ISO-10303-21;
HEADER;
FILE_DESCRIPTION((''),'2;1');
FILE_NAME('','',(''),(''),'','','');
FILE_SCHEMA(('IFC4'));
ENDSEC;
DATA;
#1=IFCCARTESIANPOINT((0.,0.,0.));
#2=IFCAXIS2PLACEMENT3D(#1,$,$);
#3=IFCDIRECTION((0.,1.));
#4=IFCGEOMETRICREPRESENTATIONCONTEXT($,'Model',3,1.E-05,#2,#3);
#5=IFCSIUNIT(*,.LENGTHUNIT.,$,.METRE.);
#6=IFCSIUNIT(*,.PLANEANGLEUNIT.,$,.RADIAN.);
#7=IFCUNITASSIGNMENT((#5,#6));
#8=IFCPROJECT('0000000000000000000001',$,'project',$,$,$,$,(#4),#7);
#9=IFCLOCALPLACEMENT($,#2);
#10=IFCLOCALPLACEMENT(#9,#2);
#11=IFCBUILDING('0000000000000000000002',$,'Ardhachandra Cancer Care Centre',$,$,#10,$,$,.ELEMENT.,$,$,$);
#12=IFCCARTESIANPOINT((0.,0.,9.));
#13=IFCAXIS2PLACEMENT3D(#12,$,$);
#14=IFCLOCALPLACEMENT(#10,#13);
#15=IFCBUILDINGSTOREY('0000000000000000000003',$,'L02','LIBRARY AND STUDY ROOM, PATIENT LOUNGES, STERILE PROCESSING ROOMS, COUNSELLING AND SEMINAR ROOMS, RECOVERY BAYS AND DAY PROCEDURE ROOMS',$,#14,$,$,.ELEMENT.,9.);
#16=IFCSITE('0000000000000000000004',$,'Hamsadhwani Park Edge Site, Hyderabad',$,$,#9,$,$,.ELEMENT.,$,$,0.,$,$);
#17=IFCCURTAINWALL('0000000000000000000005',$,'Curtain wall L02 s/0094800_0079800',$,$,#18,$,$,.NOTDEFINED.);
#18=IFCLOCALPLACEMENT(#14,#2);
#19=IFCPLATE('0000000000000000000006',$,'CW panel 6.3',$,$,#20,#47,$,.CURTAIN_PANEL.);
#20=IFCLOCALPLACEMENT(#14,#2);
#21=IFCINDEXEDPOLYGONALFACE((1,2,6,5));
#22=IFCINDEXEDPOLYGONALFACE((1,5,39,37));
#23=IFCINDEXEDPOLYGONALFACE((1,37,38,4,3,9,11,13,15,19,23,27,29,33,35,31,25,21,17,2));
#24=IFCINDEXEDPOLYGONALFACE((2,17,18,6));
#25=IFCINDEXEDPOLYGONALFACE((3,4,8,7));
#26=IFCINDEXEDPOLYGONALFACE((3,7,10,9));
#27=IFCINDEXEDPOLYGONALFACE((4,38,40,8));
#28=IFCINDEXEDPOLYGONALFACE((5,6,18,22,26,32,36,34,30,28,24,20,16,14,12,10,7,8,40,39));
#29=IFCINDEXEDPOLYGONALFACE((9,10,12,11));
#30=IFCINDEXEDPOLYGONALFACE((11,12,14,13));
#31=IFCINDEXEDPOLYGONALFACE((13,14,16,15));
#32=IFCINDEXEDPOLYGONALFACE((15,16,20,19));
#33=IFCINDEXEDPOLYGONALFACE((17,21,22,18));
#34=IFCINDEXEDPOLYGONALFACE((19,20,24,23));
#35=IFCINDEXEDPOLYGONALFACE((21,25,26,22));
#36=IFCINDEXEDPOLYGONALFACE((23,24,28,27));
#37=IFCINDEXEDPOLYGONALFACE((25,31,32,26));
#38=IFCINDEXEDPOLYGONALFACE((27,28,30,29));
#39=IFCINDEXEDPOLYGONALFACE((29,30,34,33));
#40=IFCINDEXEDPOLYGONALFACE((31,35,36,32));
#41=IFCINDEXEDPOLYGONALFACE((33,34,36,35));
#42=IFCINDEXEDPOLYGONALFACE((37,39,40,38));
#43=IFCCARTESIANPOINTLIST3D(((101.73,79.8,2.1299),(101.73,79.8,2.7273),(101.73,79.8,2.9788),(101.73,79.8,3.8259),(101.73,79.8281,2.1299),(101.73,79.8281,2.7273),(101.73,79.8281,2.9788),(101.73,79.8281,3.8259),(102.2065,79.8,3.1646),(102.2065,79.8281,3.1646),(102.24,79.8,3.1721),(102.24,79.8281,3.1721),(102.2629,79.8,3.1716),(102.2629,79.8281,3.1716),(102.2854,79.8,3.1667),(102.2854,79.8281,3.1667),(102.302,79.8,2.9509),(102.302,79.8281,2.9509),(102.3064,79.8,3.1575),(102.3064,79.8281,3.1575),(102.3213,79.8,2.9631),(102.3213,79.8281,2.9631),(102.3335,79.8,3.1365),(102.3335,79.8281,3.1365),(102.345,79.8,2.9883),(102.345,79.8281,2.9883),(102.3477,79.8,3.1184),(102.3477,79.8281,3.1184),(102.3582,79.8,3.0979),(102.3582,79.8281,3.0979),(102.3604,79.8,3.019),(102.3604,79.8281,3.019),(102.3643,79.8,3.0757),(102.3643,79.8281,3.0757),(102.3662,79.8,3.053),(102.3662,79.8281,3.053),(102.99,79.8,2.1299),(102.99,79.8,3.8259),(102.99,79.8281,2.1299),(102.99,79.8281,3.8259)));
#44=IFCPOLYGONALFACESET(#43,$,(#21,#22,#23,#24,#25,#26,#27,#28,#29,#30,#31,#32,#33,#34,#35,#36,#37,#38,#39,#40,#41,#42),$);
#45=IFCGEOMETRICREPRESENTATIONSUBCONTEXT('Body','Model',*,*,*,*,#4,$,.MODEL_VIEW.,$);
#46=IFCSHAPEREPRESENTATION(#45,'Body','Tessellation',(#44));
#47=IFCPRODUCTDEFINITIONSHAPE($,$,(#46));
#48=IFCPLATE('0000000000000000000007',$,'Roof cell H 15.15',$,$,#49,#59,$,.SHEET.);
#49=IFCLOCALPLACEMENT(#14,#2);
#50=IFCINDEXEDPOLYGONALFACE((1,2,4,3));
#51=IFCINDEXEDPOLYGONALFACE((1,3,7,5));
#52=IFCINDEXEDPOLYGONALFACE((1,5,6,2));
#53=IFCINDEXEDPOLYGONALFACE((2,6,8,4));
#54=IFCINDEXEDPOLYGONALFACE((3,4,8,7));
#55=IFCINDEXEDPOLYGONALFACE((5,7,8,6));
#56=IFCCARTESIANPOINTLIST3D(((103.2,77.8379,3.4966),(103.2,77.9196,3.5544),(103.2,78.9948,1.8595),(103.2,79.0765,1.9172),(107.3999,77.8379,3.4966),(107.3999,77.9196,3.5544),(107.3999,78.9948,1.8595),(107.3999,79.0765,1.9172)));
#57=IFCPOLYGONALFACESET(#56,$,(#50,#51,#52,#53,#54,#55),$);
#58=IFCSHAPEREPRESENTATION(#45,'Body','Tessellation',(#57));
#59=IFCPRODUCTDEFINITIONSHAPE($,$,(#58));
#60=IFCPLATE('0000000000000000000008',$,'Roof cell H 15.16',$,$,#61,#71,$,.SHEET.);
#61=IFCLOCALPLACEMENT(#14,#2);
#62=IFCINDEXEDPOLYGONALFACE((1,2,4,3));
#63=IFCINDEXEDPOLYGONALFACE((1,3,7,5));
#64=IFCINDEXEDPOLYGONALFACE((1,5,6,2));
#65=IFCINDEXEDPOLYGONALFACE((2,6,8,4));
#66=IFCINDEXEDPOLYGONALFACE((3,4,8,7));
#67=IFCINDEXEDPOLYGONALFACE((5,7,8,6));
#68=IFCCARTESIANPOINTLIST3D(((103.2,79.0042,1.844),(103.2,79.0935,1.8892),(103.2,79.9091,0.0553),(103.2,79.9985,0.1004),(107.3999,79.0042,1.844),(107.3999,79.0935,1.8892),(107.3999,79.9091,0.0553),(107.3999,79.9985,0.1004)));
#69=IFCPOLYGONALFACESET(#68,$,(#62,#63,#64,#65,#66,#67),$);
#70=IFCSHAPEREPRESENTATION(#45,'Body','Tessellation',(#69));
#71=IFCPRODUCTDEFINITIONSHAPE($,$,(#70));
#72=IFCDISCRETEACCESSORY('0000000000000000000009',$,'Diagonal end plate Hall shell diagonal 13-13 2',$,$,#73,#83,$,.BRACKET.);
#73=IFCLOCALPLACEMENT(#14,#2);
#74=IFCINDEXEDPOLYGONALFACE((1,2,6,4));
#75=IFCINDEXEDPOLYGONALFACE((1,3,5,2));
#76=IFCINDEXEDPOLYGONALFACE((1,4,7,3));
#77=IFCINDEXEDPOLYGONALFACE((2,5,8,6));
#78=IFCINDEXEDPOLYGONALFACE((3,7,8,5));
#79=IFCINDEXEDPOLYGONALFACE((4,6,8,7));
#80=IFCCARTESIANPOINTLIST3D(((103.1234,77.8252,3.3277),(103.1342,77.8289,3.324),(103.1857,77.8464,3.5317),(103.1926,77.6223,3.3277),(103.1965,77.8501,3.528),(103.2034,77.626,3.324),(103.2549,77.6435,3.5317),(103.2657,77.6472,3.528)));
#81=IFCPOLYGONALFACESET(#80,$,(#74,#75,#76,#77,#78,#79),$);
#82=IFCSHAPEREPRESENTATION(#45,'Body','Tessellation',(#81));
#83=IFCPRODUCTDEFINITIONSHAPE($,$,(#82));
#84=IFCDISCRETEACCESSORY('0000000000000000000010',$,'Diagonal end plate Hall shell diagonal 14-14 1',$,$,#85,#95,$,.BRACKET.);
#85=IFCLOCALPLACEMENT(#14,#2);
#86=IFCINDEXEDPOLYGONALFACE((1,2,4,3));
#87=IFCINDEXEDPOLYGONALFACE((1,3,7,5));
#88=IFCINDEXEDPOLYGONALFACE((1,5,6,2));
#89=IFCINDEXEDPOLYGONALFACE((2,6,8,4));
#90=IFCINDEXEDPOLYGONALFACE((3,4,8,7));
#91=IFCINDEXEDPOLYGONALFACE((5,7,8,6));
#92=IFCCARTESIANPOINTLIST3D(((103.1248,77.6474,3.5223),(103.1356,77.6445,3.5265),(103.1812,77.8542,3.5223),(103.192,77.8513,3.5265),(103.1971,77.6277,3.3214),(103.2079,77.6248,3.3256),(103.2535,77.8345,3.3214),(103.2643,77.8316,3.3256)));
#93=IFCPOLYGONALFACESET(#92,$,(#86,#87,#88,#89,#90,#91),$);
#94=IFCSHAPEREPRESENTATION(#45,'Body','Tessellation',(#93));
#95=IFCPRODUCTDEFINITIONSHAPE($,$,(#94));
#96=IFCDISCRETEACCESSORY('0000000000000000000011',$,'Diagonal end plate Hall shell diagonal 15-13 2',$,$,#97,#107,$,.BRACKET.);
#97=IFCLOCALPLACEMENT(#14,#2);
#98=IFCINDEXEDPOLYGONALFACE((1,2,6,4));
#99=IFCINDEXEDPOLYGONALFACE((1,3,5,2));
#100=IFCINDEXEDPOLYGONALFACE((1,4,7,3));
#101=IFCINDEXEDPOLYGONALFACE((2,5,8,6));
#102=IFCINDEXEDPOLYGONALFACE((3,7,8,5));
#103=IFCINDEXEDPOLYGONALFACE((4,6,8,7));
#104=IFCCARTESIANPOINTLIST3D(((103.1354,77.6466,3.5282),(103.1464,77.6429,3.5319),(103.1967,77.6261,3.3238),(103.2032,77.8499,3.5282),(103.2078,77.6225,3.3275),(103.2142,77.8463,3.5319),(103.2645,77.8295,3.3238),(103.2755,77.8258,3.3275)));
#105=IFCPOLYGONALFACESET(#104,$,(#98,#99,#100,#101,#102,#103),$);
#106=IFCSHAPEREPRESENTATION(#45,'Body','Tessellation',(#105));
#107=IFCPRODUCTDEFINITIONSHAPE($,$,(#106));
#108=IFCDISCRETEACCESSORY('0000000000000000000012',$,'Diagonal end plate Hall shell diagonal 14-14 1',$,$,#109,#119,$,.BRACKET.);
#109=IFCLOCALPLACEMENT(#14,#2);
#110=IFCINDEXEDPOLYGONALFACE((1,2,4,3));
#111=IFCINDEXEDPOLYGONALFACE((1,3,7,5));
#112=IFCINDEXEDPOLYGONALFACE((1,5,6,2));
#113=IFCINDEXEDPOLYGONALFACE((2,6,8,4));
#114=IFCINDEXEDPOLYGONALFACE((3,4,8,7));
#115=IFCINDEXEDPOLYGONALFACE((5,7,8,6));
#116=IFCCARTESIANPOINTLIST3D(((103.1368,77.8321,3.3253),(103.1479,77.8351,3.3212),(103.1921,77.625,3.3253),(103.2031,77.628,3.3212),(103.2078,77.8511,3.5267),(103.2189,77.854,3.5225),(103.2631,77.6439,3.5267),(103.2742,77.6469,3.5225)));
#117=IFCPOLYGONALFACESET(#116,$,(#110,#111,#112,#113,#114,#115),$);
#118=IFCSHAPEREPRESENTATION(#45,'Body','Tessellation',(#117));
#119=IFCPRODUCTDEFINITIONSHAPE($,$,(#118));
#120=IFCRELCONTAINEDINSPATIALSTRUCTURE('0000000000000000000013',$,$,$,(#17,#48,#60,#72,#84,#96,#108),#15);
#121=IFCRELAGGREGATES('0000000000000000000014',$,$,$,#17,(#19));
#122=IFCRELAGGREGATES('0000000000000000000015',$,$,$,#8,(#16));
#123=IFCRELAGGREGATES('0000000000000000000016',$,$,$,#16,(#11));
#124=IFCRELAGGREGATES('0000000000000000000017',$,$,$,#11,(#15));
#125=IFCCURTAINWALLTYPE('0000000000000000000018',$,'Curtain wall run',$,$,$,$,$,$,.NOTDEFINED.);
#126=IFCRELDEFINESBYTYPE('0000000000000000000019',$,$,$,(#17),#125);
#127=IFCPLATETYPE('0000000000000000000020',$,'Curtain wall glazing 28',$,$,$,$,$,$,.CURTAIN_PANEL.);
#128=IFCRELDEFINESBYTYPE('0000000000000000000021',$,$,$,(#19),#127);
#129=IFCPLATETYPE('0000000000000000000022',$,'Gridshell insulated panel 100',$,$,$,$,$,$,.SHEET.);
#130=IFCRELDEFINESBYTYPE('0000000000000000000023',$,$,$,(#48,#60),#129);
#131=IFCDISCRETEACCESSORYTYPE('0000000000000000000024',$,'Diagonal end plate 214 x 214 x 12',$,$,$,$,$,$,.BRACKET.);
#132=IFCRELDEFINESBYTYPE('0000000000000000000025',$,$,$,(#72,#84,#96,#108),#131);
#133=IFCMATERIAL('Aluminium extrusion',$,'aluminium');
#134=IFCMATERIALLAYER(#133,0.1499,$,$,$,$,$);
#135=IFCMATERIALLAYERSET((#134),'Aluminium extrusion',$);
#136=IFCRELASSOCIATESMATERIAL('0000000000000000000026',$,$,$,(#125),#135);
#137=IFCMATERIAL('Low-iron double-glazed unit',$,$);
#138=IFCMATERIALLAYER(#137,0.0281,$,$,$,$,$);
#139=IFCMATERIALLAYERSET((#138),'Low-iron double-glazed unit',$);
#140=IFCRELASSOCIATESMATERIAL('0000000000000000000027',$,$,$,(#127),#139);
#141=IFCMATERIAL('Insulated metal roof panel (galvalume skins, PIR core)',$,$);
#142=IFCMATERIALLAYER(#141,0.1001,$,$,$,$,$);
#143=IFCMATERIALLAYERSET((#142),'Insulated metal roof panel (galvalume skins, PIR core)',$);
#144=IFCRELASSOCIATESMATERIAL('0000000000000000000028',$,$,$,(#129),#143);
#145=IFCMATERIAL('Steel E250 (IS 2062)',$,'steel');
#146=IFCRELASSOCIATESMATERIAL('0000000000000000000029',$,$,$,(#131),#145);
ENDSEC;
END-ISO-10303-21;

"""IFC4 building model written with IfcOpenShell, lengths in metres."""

from ifc_helpers import new_model, si_unit, direction, frame, origin, origin_2d, place, context, subcontext, project, spatial, polyline, rectangle, outline, extrude, material, layer, layer_set, material_profile, profile_set, type_object, element, aggregate, save


model = new_model("IFC4")

# Units and contexts
model_context = context("Model", 3, precision=1e-05, world=origin(), true_north=direction((0.0, 1.0)))
body_context = subcontext(model_context, "Body", "Model", "MODEL_VIEW")
ifc_project = project(units=[si_unit("LENGTHUNIT", "METRE"), si_unit("PLANEANGLEUNIT", "RADIAN")], contexts=[model_context])

# Site, building, storey
site_placement = place(None, origin())
site = spatial("IfcSite", under=ifc_project, at=site_placement, Name="Hamsadhwani Park Edge Site, Hyderabad", CompositionType="ELEMENT", RefElevation=0.0)
building_placement = place(site_placement, origin())
building = spatial("IfcBuilding", under=site, at=building_placement, Name="Ardhachandra Cancer Care Centre", CompositionType="ELEMENT")
storey_placement = place(building_placement, frame((0.0, 0.0, 9.0)))
storey = spatial("IfcBuildingStorey", under=building, at=storey_placement, Name="L02", Description="LIBRARY AND STUDY ROOM, PATIENT LOUNGES, STERILE PROCESSING ROOMS, COUNSELLING AND SEMINAR ROOMS, RECOVERY BAYS AND DAY PROCEDURE ROOMS", CompositionType="ELEMENT", Elevation=9.0)

# Curtain wall
ifc_material_1 = material(Name="Aluminium extrusion", Category="aluminium")
ifc_layer_1 = layer(ifc_material_1, 0.1499)
ifc_layer_set_1 = layer_set([ifc_layer_1], Name="Aluminium extrusion")
curtain_wall_type = type_object("IfcCurtainWallType", Name="Curtain wall run", PredefinedType="NOTDEFINED", material=ifc_layer_set_1)
curtain_wall_placement = place(storey_placement, origin())
curtain_wall = element("IfcCurtainWall", 1, at=curtain_wall_placement, inside=storey, type_object=curtain_wall_type, Name="Curtain wall L02 s/0094800_0079800", PredefinedType="NOTDEFINED")

# Plate
ifc_material_2 = material(Name="Low-iron double-glazed unit")
ifc_layer_2 = layer(ifc_material_2, 0.0281)
ifc_layer_set_2 = layer_set([ifc_layer_2], Name="Low-iron double-glazed unit")
plate_type_1 = type_object("IfcPlateType", Name="Curtain wall glazing 28", PredefinedType="CURTAIN_PANEL", material=ifc_layer_set_2)
plate_1_placement = place(storey_placement, frame((101.73, 79.8, 3.8259), z_axis=(0.0, 1.0, 0.0), x_axis=(1.0, 0.0, 0.0)))
plate_1 = element("IfcPlate", 2, at=plate_1_placement, type_object=plate_type_1, Name="CW panel 6.3", PredefinedType="CURTAIN_PANEL", context=body_context, shape_type="SweptSolid", body=[
    extrude(outline(polyline([(0.0, 0.0), (1.26, 0.0), (1.26, 1.696), (0.0, 1.696), (0.0, 1.0986), (0.572, 0.875), (0.5913, 0.8628), (0.615, 0.8376), (0.6304, 0.8069), (0.6362, 0.7729), (0.6343, 0.7502), (0.6282, 0.728), (0.6177, 0.7075), (0.6035, 0.6895), (0.5764, 0.6685), (0.5554, 0.6592), (0.533, 0.6543), (0.51, 0.6538), (0.4766, 0.6614), (0.0, 0.8472), (0.0, 0.0)])), origin(), (0.0, 0.0, 1.0), 0.0281),
])
aggregate(curtain_wall, [plate_1])

# Plates
ifc_material_3 = material(Name="Insulated metal roof panel (galvalume skins, PIR core)")
ifc_layer_3 = layer(ifc_material_3, 0.1001)
ifc_layer_set_3 = layer_set([ifc_layer_3], Name="Insulated metal roof panel (galvalume skins, PIR core)")
plate_type_2 = type_object("IfcPlateType", Name="Gridshell insulated panel 100", PredefinedType="SHEET", material=ifc_layer_set_3)
for number, where, z_axis, x_axis, name in (
    (3, (103.2, 77.8379, 3.4966), (0.0, 0.816661, 0.577118), (1.0, 0.0, 0.0), "Roof cell H 15.15"),
    (4, (103.2, 79.0042, 1.844), (0.0, 0.892298, 0.451447), (1.0, 0.0, 0.0), "Roof cell H 15.16"),
):
    element("IfcPlate", number, at=place(storey_placement, frame(where, z_axis=z_axis, x_axis=x_axis)), inside=storey, type_object=plate_type_2, Name=name, PredefinedType="SHEET", context=body_context, shape_type="SweptSolid", body=[
        extrude(outline(polyline([(0.0, 0.0), (4.2, 0.0), (4.2, 2.0046), (0.0, 2.0046), (0.0, 0.0)])), origin(), (0.0, 0.0, 1.0), 0.1001),
    ])

# Discrete accessories
ifc_material_4 = material(Name="Steel E250 (IS 2062)", Category="steel")
ifc_material_profile_1 = material_profile(ifc_material_4, rectangle(XDim=0.2144, YDim=0.2144, at=origin_2d()), Name="PL 214x214x12")
ifc_profile_set_1 = profile_set([ifc_material_profile_1], Name="Steel E250 (IS 2062)")
discrete_accessory_type = type_object("IfcDiscreteAccessoryType", Name="Diagonal end plate 214 x 214 x 12", PredefinedType="BRACKET", material=ifc_profile_set_1)
for number, where, z_axis, x_axis, name in (
    (5, (103.2, 77.738, 3.426), (-0.900777, -0.307083, 0.307083), (0.322674, -0.94651, 0.0), "Diagonal end plate Hall shell diagonal 13-13 2"),
    (6, (103.2, 77.738, 3.426), (-0.904004, 0.246546, -0.349274), (-0.263117, -0.964764, 0.0), "Diagonal end plate Hall shell diagonal 14-14 1"),
):
    element("IfcDiscreteAccessory", number, at=place(storey_placement, frame(where, z_axis=z_axis, x_axis=x_axis)), inside=storey, type_object=discrete_accessory_type, Name=name, PredefinedType="BRACKET", context=body_context, shape_type="SweptSolid", body=[
        extrude(rectangle(XDim=0.2144, YDim=0.2144, at=origin_2d()), origin(), (0.0, 0.0, 1.0), 0.012),
    ])
for number, where, z_axis, x_axis, name in (
    (7, (103.2, 77.738, 3.426), (0.904534, -0.301511, 0.301511), (0.316228, 0.948683, 0.0), "Diagonal end plate Hall shell diagonal 15-13 2"),
    (8, (103.2, 77.738, 3.426), (0.907657, 0.242042, -0.342892), (-0.257663, 0.966235, 0.0), "Diagonal end plate Hall shell diagonal 14-14 1"),
):
    element("IfcDiscreteAccessory", number, at=place(storey_placement, frame(where, z_axis=z_axis, x_axis=x_axis)), inside=storey, type_object=discrete_accessory_type, Name=name, PredefinedType="BRACKET", context=body_context, shape_type="SweptSolid", body=[
        extrude(rectangle(XDim=0.2144, YDim=0.2144, at=origin_2d()), origin(), (0.0, 0.0, 1.0), 0.0122),
    ])

save(model, "model.ifc")
